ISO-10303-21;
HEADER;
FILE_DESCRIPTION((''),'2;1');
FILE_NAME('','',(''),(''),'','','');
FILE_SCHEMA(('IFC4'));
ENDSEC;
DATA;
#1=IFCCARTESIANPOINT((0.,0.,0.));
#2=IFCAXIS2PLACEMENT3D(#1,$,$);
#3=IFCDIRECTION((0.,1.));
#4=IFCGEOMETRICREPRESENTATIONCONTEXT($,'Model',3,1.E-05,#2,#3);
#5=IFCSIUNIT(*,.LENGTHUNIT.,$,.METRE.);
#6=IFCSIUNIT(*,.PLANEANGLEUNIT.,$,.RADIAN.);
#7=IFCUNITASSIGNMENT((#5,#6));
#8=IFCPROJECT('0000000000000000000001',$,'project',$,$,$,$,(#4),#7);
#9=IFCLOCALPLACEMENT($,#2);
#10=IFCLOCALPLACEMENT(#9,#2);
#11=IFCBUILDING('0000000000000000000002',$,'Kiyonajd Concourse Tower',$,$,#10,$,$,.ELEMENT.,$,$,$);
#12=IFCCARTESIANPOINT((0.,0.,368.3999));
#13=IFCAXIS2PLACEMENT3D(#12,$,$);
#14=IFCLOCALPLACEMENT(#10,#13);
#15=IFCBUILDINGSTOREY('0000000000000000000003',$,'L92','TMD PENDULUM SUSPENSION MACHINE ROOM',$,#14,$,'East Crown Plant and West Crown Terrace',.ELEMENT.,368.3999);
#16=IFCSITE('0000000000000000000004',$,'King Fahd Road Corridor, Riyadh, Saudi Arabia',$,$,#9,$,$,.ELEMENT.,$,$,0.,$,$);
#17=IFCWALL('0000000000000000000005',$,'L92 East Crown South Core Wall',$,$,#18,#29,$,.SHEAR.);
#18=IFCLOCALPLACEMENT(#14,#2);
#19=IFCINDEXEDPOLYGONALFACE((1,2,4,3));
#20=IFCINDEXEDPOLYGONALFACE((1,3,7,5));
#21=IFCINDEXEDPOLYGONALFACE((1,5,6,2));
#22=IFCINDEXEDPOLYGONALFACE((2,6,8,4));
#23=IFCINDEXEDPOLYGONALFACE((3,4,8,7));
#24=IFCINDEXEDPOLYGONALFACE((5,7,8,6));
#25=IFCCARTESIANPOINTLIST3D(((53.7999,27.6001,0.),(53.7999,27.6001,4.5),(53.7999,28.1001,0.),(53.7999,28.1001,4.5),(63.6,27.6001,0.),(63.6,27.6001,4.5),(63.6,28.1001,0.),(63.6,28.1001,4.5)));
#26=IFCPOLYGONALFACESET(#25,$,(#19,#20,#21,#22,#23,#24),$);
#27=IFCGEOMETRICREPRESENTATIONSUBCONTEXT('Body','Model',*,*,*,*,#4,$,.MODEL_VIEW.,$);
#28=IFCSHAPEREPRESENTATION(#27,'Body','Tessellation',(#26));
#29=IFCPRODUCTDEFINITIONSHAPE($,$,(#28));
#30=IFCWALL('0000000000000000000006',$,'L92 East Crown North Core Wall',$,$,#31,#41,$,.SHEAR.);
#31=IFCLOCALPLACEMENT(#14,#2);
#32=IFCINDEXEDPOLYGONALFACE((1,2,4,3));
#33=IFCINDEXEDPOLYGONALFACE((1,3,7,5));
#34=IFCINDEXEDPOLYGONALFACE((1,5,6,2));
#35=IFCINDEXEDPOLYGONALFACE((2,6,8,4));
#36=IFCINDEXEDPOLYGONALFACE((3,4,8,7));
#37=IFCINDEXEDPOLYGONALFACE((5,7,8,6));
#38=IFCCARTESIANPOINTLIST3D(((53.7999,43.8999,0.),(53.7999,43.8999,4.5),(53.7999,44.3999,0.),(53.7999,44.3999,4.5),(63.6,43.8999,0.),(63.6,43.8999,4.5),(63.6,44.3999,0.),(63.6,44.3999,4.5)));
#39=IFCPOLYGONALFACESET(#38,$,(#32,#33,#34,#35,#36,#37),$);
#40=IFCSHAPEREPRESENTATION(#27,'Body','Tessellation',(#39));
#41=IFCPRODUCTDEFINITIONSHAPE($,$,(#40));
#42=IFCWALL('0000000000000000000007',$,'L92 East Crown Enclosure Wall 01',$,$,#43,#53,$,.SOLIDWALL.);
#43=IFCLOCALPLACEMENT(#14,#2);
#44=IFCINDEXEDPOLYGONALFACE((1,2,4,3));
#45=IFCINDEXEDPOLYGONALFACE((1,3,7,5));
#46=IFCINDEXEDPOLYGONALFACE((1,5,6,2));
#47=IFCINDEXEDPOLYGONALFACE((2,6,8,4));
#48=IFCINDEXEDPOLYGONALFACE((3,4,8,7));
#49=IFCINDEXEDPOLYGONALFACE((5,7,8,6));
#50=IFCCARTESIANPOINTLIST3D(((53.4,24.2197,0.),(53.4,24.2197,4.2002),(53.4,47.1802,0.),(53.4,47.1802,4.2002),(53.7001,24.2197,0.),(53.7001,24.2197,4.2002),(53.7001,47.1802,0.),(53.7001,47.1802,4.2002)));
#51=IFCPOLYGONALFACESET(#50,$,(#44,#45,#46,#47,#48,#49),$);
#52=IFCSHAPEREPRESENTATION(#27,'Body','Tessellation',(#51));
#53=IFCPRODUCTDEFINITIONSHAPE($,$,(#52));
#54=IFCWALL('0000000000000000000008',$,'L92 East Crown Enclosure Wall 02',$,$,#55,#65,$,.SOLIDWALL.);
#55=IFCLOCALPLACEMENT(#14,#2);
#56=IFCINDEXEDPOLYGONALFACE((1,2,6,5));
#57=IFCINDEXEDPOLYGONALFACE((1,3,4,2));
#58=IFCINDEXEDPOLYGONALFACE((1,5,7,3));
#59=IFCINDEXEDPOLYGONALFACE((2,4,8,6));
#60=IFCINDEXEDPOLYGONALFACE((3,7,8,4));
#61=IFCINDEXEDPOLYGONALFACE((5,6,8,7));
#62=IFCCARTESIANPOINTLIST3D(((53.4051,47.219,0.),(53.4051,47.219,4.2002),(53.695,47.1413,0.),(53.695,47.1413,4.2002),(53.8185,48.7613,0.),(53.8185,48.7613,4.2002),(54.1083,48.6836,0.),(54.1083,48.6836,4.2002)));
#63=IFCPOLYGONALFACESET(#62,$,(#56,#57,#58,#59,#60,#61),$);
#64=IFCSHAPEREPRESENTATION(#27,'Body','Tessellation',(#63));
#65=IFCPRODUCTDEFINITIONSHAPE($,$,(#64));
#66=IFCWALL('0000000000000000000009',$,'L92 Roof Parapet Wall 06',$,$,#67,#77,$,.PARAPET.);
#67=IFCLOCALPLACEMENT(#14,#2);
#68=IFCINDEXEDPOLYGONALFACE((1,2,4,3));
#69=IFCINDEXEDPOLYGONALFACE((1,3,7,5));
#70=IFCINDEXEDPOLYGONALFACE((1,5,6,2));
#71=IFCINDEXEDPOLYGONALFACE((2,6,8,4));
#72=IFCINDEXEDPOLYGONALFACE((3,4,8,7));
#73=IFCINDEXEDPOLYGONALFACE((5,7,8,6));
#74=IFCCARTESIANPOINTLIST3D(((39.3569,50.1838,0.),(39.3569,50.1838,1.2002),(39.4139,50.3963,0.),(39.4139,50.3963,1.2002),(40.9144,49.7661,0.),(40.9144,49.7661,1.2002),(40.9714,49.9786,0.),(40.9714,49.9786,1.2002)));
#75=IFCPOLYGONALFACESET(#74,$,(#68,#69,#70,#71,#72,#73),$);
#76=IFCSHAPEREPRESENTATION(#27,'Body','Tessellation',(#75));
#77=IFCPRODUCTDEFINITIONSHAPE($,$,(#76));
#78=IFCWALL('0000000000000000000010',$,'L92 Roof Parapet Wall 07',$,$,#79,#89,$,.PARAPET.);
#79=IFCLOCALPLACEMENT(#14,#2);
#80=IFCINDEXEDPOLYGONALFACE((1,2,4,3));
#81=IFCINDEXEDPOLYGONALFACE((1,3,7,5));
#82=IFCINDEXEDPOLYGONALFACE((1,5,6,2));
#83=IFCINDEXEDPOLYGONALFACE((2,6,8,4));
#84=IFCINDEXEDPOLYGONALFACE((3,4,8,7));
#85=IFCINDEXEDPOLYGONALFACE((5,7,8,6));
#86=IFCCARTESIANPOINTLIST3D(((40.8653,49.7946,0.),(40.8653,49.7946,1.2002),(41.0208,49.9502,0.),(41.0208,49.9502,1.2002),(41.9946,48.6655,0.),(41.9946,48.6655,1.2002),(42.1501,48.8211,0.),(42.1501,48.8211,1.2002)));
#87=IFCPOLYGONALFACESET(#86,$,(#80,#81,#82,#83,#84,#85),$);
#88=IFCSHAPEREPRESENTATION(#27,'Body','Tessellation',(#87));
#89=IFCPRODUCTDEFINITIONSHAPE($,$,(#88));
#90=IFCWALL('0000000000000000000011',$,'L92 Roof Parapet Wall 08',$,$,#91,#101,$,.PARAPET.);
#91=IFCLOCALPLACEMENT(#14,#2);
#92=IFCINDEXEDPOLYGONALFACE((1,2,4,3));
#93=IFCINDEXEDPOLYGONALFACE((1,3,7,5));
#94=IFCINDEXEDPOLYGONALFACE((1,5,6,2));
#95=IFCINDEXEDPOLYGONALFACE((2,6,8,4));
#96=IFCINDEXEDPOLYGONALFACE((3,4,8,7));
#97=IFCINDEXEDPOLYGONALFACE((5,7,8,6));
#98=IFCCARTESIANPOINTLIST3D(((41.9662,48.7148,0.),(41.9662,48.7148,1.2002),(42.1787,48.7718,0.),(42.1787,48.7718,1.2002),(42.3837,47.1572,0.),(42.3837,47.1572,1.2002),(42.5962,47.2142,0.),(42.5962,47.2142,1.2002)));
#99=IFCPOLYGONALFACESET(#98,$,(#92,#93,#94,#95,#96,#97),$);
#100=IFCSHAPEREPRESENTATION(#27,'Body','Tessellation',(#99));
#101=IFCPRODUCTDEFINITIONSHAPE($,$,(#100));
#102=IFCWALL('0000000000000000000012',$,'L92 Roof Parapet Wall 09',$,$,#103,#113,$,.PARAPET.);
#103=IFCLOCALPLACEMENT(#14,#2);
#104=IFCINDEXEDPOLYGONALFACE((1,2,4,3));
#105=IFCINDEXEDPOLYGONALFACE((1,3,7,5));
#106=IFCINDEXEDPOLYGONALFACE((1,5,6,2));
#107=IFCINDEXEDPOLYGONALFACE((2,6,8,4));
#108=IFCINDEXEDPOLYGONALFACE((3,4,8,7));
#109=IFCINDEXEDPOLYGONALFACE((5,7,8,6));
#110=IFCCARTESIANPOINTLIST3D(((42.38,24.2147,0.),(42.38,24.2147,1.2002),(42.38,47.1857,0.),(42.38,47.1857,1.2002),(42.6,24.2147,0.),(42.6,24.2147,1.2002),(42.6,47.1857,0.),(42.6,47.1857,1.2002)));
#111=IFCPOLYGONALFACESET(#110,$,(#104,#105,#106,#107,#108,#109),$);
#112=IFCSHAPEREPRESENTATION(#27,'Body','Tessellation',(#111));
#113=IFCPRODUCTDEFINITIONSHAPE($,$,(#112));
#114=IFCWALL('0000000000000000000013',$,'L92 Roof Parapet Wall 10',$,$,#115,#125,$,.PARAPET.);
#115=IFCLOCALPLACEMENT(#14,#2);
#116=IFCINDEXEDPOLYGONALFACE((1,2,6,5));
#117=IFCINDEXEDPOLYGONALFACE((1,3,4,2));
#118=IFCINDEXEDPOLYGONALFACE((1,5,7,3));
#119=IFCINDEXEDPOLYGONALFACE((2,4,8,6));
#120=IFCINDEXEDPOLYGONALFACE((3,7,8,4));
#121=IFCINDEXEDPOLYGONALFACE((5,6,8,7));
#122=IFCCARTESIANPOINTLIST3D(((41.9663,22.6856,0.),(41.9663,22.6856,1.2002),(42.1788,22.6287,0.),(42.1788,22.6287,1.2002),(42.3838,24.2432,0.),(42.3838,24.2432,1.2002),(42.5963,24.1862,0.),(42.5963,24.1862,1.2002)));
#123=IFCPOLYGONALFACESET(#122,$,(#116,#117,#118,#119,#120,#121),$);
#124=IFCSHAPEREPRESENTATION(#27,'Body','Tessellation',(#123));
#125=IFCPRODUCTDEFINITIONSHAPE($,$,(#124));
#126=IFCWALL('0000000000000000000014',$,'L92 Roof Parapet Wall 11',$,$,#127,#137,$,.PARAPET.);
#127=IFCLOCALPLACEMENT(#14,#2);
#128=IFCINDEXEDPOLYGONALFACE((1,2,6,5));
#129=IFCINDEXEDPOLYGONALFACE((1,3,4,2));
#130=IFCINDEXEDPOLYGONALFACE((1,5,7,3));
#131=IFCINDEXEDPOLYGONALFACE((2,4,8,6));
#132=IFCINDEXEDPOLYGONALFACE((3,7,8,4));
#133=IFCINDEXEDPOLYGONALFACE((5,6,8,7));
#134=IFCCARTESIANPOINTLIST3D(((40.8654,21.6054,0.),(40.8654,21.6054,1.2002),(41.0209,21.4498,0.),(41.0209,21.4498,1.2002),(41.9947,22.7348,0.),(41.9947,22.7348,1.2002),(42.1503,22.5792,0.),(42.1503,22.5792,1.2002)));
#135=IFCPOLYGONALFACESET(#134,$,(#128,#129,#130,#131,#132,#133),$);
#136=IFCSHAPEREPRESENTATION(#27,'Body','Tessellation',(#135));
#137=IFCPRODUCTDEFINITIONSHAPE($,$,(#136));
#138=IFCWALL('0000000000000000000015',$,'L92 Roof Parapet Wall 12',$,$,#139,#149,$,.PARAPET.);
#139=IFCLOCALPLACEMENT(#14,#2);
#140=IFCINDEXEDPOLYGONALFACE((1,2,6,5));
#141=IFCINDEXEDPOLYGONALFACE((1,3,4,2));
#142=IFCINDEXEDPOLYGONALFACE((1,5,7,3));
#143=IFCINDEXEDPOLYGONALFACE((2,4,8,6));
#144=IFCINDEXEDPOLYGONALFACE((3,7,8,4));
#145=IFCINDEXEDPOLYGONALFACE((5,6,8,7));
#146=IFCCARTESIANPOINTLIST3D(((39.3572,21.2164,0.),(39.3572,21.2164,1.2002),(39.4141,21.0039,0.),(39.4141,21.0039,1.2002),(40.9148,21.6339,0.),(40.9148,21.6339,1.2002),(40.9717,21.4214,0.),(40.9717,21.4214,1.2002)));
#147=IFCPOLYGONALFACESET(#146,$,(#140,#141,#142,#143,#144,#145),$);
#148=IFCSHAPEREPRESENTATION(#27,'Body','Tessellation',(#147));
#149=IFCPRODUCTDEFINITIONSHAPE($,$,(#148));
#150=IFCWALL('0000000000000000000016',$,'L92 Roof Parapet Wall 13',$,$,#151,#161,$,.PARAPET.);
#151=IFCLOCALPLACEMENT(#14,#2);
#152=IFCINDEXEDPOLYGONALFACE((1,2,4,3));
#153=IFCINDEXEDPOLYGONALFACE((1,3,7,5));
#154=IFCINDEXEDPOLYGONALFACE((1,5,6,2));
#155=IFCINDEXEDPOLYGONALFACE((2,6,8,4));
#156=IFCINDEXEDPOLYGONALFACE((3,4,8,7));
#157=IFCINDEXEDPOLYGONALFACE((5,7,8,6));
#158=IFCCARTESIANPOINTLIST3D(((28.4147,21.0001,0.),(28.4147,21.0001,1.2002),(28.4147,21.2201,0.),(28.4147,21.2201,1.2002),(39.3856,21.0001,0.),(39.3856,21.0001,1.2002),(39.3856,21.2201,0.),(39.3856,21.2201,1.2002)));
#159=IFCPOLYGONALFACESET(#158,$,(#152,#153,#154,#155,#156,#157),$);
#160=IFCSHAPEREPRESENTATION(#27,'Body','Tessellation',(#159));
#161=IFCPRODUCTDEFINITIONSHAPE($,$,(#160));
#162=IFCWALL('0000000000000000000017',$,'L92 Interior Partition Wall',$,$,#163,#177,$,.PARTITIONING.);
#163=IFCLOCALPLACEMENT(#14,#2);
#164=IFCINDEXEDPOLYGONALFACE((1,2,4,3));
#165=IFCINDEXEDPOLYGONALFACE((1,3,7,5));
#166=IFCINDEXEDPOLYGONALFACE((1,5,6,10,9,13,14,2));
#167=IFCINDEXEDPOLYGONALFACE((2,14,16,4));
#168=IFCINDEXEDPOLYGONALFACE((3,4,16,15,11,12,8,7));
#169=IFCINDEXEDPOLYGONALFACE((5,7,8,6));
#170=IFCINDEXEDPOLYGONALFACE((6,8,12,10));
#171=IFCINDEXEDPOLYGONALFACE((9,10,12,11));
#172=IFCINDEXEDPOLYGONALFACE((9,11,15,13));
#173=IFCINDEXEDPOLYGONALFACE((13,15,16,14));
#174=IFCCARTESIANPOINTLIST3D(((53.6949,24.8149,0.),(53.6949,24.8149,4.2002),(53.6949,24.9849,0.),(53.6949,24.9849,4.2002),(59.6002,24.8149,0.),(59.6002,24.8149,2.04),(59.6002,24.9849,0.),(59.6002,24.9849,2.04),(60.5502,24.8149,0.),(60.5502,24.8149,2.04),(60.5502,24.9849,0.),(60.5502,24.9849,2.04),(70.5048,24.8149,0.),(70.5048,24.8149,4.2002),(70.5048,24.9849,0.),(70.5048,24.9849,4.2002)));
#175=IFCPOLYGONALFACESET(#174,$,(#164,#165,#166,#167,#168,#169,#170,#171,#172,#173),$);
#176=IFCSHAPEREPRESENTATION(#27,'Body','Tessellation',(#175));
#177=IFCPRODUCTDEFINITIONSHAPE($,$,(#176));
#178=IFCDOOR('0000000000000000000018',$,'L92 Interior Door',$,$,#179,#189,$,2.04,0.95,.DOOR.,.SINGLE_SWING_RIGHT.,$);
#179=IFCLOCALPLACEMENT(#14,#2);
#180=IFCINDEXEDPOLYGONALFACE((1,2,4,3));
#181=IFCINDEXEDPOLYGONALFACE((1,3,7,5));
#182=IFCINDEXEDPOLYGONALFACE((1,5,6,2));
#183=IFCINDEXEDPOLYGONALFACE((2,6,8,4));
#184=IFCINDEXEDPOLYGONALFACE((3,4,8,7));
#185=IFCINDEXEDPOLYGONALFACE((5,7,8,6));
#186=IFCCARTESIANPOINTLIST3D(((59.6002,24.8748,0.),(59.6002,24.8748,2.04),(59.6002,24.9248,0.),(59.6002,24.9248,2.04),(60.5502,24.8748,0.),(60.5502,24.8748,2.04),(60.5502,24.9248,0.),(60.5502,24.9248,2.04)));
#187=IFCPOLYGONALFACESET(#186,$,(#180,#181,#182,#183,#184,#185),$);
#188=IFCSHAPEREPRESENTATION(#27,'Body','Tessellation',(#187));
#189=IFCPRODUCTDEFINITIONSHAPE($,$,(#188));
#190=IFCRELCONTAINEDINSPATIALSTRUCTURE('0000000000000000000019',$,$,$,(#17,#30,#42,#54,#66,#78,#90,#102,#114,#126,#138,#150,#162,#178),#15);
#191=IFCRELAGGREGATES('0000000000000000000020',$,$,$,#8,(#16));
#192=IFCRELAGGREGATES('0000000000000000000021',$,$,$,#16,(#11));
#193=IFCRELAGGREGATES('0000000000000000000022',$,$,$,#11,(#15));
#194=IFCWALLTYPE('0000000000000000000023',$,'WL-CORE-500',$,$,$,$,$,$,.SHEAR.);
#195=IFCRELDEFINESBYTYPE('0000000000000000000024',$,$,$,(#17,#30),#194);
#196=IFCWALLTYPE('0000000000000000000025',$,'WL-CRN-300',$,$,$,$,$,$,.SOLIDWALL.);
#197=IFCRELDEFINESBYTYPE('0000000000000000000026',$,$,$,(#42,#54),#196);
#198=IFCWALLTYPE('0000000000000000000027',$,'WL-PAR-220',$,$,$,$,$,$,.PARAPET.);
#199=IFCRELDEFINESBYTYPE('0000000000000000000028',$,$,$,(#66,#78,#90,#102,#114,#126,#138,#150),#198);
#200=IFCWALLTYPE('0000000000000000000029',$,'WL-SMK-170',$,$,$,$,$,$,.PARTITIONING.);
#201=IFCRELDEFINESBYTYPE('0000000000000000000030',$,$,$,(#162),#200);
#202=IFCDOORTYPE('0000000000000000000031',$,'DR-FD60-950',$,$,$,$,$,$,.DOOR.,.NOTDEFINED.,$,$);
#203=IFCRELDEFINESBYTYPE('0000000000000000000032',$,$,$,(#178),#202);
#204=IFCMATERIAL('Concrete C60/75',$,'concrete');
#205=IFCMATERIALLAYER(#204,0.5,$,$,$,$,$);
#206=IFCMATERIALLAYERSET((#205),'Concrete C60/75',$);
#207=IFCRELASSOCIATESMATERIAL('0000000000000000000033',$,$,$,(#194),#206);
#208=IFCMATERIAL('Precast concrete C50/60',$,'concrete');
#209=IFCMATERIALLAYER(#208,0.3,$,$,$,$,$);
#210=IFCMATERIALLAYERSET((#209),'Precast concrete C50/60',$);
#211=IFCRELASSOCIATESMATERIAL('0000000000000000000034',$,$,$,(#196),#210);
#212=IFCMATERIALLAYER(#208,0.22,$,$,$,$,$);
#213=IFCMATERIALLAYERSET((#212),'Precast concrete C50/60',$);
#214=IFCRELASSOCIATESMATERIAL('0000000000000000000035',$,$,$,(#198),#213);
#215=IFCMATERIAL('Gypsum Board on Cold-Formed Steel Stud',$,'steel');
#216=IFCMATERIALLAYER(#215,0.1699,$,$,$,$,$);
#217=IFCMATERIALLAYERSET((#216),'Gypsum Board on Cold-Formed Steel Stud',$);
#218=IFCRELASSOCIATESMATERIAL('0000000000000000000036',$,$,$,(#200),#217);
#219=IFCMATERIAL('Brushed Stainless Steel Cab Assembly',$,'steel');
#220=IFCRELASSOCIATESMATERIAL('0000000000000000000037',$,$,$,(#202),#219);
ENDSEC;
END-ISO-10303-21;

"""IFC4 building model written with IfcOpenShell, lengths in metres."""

from ifc_helpers import new_model, si_unit, direction, frame, frame_2d, origin, place, context, subcontext, project, spatial, rectangle, extrude, material, layer, layer_set, type_object, element, fill, save


model = new_model("IFC4")

# Units and contexts
model_context = context("Model", 3, precision=1e-05, world=origin(), true_north=direction((0.0, 1.0)))
body_context = subcontext(model_context, "Body", "Model", "MODEL_VIEW")
ifc_project = project(units=[si_unit("LENGTHUNIT", "METRE"), si_unit("PLANEANGLEUNIT", "RADIAN")], contexts=[model_context])

# Site, building, storey
site_placement = place(None, origin())
site = spatial("IfcSite", under=ifc_project, at=site_placement, Name="King Fahd Road Corridor, Riyadh, Saudi Arabia", CompositionType="ELEMENT", RefElevation=0.0)
building_placement = place(site_placement, origin())
building = spatial("IfcBuilding", under=site, at=building_placement, Name="Kiyonajd Concourse Tower", CompositionType="ELEMENT")
storey_placement = place(building_placement, frame((0.0, 0.0, 368.3999)))
storey = spatial("IfcBuildingStorey", under=building, at=storey_placement, Name="L92", Description="TMD PENDULUM SUSPENSION MACHINE ROOM", LongName="East Crown Plant and West Crown Terrace", CompositionType="ELEMENT", Elevation=368.3999)

# Walls
ifc_material_1 = material(Name="Concrete C60/75", Category="concrete")
ifc_layer_1 = layer(ifc_material_1, 0.5)
ifc_layer_set_1 = layer_set([ifc_layer_1], Name="Concrete C60/75")
wall_type_1 = type_object("IfcWallType", Name="WL-CORE-500", PredefinedType="SHEAR", material=ifc_layer_set_1)
for number, where, z_axis, x_axis, name in (
    (1, (53.8, 27.8501, 0.0), (0.0, 0.0, 1.0), (1.0, 0.0, 0.0), "L92 East Crown South Core Wall"),
    (2, (53.8, 44.1499, 0.0), (0.0, 0.0, 1.0), (1.0, 0.0, 0.0), "L92 East Crown North Core Wall"),
):
    element("IfcWall", number, at=place(storey_placement, frame(where, z_axis=z_axis, x_axis=x_axis)), inside=storey, type_object=wall_type_1, Name=name, PredefinedType="SHEAR", context=body_context, shape_type="SweptSolid", body=[
        extrude(rectangle(XDim=9.8, YDim=0.5, at=frame_2d((4.8999, 0.0))), origin(), (0.0, 0.0, 1.0), 4.5),
    ])
ifc_material_2 = material(Name="Precast concrete C50/60", Category="concrete")
ifc_layer_2 = layer(ifc_material_2, 0.3)
ifc_layer_set_2 = layer_set([ifc_layer_2], Name="Precast concrete C50/60")
wall_type_2 = type_object("IfcWallType", Name="WL-CRN-300", PredefinedType="SOLIDWALL", material=ifc_layer_set_2)
wall_1_placement = place(storey_placement, frame((53.55, 24.2197, 0.0), z_axis=(0.0, 0.0, 1.0), x_axis=(0.0, 1.0, 0.0)))
element("IfcWall", 3, at=wall_1_placement, inside=storey, type_object=wall_type_2, Name="L92 East Crown Enclosure Wall 01", PredefinedType="SOLIDWALL", context=body_context, shape_type="SweptSolid", body=[
    extrude(rectangle(XDim=22.9604, YDim=0.3, at=frame_2d((11.4802, 0.0))), origin(), (0.0, 0.0, 1.0), 4.2002),
])
wall_2_placement = place(storey_placement, frame((53.55, 47.1802, 0.0), z_axis=(0.0, 0.0, 1.0), x_axis=(0.258871, 0.965912, 0.0)))
element("IfcWall", 4, at=wall_2_placement, inside=storey, type_object=wall_type_2, Name="L92 East Crown Enclosure Wall 02", PredefinedType="SOLIDWALL", context=body_context, shape_type="SweptSolid", body=[
    extrude(rectangle(XDim=1.5967, YDim=0.3, at=frame_2d((0.7983, 0.0))), origin(), (0.0, 0.0, 1.0), 4.2002),
])
ifc_layer_3 = layer(ifc_material_2, 0.22)
ifc_layer_set_3 = layer_set([ifc_layer_3], Name="Precast concrete C50/60")
wall_type_3 = type_object("IfcWallType", Name="WL-PAR-220", PredefinedType="PARAPET", material=ifc_layer_set_3)
wall_3_placement = place(storey_placement, frame((39.3855, 50.29, 0.0), z_axis=(0.0, 0.0, 1.0), x_axis=(0.96587, -0.259029, 0.0)))
element("IfcWall", 5, at=wall_3_placement, inside=storey, type_object=wall_type_3, Name="L92 Roof Parapet Wall 06", PredefinedType="PARAPET", context=body_context, shape_type="SweptSolid", body=[
    extrude(rectangle(XDim=1.6125, YDim=0.22, at=frame_2d((0.8062, 0.0))), origin(), (0.0, 0.0, 1.0), 1.2002),
])
wall_4_placement = place(storey_placement, frame((40.9431, 49.8723, 0.0), z_axis=(0.0, 0.0, 1.0), x_axis=(0.707183, -0.70703, 0.0)))
element("IfcWall", 6, at=wall_4_placement, inside=storey, type_object=wall_type_3, Name="L92 Roof Parapet Wall 07", PredefinedType="PARAPET", context=body_context, shape_type="SweptSolid", body=[
    extrude(rectangle(XDim=1.5969, YDim=0.22, at=frame_2d((0.7983, 0.0))), origin(), (0.0, 0.0, 1.0), 1.2002),
])
wall_5_placement = place(storey_placement, frame((42.0725, 48.7432, 0.0), z_axis=(0.0, 0.0, 1.0), x_axis=(0.258887, -0.965907, 0.0)))
element("IfcWall", 7, at=wall_5_placement, inside=storey, type_object=wall_type_3, Name="L92 Roof Parapet Wall 08", PredefinedType="PARAPET", context=body_context, shape_type="SweptSolid", body=[
    extrude(rectangle(XDim=1.6125, YDim=0.22, at=frame_2d((0.8062, 0.0))), origin(), (0.0, 0.0, 1.0), 1.2002),
])
wall_6_placement = place(storey_placement, frame((42.49, 47.1855, 0.0), z_axis=(0.0, 0.0, 1.0), x_axis=(0.0, -1.0, 0.0)))
element("IfcWall", 8, at=wall_6_placement, inside=storey, type_object=wall_type_3, Name="L92 Roof Parapet Wall 09", PredefinedType="PARAPET", context=body_context, shape_type="SweptSolid", body=[
    extrude(rectangle(XDim=22.9709, YDim=0.22, at=frame_2d((11.4854, 0.0))), origin(), (0.0, 0.0, 1.0), 1.2002),
])
wall_7_placement = place(storey_placement, frame((42.49, 24.2146, 0.0), z_axis=(0.0, 0.0, 1.0), x_axis=(-0.258887, -0.965907, 0.0)))
element("IfcWall", 9, at=wall_7_placement, inside=storey, type_object=wall_type_3, Name="L92 Roof Parapet Wall 10", PredefinedType="PARAPET", context=body_context, shape_type="SweptSolid", body=[
    extrude(rectangle(XDim=1.6125, YDim=0.22, at=frame_2d((0.8062, 0.0))), origin(), (0.0, 0.0, 1.0), 1.2002),
])
wall_8_placement = place(storey_placement, frame((42.0725, 22.657, 0.0), z_axis=(0.0, 0.0, 1.0), x_axis=(-0.707107, -0.707107, 0.0)))
element("IfcWall", 10, at=wall_8_placement, inside=storey, type_object=wall_type_3, Name="L92 Roof Parapet Wall 11", PredefinedType="PARAPET", context=body_context, shape_type="SweptSolid", body=[
    extrude(rectangle(XDim=1.5972, YDim=0.22, at=frame_2d((0.7986, 0.0))), origin(), (0.0, 0.0, 1.0), 1.2002),
])
wall_9_placement = place(storey_placement, frame((40.9431, 21.5276, 0.0), z_axis=(0.0, 0.0, 1.0), x_axis=(-0.965907, -0.258887, 0.0)))
element("IfcWall", 11, at=wall_9_placement, inside=storey, type_object=wall_type_3, Name="L92 Roof Parapet Wall 12", PredefinedType="PARAPET", context=body_context, shape_type="SweptSolid", body=[
    extrude(rectangle(XDim=1.6125, YDim=0.22, at=frame_2d((0.8062, 0.0))), origin(), (0.0, 0.0, 1.0), 1.2002),
])
wall_10_placement = place(storey_placement, frame((39.3855, 21.1101, 0.0), z_axis=(0.0, 0.0, 1.0), x_axis=(-1.0, 0.0, 0.0)))
element("IfcWall", 12, at=wall_10_placement, inside=storey, type_object=wall_type_3, Name="L92 Roof Parapet Wall 13", PredefinedType="PARAPET", context=body_context, shape_type="SweptSolid", body=[
    extrude(rectangle(XDim=10.9709, YDim=0.22, at=frame_2d((5.4854, 0.0))), origin(), (0.0, 0.0, 1.0), 1.2002),
])

# Wall, opening, door
ifc_material_3 = material(Name="Gypsum Board on Cold-Formed Steel Stud", Category="steel")
ifc_layer_4 = layer(ifc_material_3, 0.1699)
ifc_layer_set_4 = layer_set([ifc_layer_4], Name="Gypsum Board on Cold-Formed Steel Stud")
wall_type_4 = type_object("IfcWallType", Name="WL-SMK-170", PredefinedType="PARTITIONING", material=ifc_layer_set_4)
wall_11_placement = place(storey_placement, frame((53.6951, 24.8999, 0.0), z_axis=(0.0, 0.0, 1.0), x_axis=(1.0, 0.0, 0.0)))
wall_11 = element("IfcWall", 13, at=wall_11_placement, inside=storey, type_object=wall_type_4, Name="L92 Interior Partition Wall", PredefinedType="PARTITIONING", context=body_context, shape_type="SweptSolid", body=[
    extrude(rectangle(XDim=16.8098, YDim=0.1699, at=frame_2d((8.4048, 0.0))), origin(), (0.0, 0.0, 1.0), 4.2002),
])
opening_1_placement = place(wall_11_placement, frame((5.905, 0.0, 0.0)))
opening_1 = element("IfcOpeningElement", 14, at=opening_1_placement, cuts=wall_11, PredefinedType="OPENING", context=body_context, shape_type="SweptSolid", body=[
    extrude(rectangle(XDim=0.95, YDim=2.04, at=frame_2d((0.4751, 1.02))), frame((0.0, 0.095, 0.0), z_axis=(0.0, -1.0, 0.0), x_axis=(1.0, 0.0, 0.0)), (0.0, 0.0, 1.0), 0.1899),
])
ifc_material_4 = material(Name="Brushed Stainless Steel Cab Assembly", Category="steel")
door_type = type_object("IfcDoorType", Name="DR-FD60-950", OperationType="NOTDEFINED", PredefinedType="DOOR", material=ifc_material_4)
door_1_placement = place(opening_1_placement, origin())
door_1 = element("IfcDoor", 15, at=door_1_placement, inside=storey, type_object=door_type, Name="L92 Interior Door", OperationType="SINGLE_SWING_RIGHT", OverallHeight=2.04, OverallWidth=0.95, PredefinedType="DOOR", context=body_context, shape_type="SweptSolid", body=[
    extrude(rectangle(XDim=0.95, YDim=2.04, at=frame_2d((0.4751, 1.02))), frame((0.0, 0.0249, 0.0), z_axis=(0.0, -1.0, 0.0), x_axis=(1.0, 0.0, 0.0)), (0.0, 0.0, 1.0), 0.05),
])
fill(opening_1, door_1)

save(model, "model.ifc")
